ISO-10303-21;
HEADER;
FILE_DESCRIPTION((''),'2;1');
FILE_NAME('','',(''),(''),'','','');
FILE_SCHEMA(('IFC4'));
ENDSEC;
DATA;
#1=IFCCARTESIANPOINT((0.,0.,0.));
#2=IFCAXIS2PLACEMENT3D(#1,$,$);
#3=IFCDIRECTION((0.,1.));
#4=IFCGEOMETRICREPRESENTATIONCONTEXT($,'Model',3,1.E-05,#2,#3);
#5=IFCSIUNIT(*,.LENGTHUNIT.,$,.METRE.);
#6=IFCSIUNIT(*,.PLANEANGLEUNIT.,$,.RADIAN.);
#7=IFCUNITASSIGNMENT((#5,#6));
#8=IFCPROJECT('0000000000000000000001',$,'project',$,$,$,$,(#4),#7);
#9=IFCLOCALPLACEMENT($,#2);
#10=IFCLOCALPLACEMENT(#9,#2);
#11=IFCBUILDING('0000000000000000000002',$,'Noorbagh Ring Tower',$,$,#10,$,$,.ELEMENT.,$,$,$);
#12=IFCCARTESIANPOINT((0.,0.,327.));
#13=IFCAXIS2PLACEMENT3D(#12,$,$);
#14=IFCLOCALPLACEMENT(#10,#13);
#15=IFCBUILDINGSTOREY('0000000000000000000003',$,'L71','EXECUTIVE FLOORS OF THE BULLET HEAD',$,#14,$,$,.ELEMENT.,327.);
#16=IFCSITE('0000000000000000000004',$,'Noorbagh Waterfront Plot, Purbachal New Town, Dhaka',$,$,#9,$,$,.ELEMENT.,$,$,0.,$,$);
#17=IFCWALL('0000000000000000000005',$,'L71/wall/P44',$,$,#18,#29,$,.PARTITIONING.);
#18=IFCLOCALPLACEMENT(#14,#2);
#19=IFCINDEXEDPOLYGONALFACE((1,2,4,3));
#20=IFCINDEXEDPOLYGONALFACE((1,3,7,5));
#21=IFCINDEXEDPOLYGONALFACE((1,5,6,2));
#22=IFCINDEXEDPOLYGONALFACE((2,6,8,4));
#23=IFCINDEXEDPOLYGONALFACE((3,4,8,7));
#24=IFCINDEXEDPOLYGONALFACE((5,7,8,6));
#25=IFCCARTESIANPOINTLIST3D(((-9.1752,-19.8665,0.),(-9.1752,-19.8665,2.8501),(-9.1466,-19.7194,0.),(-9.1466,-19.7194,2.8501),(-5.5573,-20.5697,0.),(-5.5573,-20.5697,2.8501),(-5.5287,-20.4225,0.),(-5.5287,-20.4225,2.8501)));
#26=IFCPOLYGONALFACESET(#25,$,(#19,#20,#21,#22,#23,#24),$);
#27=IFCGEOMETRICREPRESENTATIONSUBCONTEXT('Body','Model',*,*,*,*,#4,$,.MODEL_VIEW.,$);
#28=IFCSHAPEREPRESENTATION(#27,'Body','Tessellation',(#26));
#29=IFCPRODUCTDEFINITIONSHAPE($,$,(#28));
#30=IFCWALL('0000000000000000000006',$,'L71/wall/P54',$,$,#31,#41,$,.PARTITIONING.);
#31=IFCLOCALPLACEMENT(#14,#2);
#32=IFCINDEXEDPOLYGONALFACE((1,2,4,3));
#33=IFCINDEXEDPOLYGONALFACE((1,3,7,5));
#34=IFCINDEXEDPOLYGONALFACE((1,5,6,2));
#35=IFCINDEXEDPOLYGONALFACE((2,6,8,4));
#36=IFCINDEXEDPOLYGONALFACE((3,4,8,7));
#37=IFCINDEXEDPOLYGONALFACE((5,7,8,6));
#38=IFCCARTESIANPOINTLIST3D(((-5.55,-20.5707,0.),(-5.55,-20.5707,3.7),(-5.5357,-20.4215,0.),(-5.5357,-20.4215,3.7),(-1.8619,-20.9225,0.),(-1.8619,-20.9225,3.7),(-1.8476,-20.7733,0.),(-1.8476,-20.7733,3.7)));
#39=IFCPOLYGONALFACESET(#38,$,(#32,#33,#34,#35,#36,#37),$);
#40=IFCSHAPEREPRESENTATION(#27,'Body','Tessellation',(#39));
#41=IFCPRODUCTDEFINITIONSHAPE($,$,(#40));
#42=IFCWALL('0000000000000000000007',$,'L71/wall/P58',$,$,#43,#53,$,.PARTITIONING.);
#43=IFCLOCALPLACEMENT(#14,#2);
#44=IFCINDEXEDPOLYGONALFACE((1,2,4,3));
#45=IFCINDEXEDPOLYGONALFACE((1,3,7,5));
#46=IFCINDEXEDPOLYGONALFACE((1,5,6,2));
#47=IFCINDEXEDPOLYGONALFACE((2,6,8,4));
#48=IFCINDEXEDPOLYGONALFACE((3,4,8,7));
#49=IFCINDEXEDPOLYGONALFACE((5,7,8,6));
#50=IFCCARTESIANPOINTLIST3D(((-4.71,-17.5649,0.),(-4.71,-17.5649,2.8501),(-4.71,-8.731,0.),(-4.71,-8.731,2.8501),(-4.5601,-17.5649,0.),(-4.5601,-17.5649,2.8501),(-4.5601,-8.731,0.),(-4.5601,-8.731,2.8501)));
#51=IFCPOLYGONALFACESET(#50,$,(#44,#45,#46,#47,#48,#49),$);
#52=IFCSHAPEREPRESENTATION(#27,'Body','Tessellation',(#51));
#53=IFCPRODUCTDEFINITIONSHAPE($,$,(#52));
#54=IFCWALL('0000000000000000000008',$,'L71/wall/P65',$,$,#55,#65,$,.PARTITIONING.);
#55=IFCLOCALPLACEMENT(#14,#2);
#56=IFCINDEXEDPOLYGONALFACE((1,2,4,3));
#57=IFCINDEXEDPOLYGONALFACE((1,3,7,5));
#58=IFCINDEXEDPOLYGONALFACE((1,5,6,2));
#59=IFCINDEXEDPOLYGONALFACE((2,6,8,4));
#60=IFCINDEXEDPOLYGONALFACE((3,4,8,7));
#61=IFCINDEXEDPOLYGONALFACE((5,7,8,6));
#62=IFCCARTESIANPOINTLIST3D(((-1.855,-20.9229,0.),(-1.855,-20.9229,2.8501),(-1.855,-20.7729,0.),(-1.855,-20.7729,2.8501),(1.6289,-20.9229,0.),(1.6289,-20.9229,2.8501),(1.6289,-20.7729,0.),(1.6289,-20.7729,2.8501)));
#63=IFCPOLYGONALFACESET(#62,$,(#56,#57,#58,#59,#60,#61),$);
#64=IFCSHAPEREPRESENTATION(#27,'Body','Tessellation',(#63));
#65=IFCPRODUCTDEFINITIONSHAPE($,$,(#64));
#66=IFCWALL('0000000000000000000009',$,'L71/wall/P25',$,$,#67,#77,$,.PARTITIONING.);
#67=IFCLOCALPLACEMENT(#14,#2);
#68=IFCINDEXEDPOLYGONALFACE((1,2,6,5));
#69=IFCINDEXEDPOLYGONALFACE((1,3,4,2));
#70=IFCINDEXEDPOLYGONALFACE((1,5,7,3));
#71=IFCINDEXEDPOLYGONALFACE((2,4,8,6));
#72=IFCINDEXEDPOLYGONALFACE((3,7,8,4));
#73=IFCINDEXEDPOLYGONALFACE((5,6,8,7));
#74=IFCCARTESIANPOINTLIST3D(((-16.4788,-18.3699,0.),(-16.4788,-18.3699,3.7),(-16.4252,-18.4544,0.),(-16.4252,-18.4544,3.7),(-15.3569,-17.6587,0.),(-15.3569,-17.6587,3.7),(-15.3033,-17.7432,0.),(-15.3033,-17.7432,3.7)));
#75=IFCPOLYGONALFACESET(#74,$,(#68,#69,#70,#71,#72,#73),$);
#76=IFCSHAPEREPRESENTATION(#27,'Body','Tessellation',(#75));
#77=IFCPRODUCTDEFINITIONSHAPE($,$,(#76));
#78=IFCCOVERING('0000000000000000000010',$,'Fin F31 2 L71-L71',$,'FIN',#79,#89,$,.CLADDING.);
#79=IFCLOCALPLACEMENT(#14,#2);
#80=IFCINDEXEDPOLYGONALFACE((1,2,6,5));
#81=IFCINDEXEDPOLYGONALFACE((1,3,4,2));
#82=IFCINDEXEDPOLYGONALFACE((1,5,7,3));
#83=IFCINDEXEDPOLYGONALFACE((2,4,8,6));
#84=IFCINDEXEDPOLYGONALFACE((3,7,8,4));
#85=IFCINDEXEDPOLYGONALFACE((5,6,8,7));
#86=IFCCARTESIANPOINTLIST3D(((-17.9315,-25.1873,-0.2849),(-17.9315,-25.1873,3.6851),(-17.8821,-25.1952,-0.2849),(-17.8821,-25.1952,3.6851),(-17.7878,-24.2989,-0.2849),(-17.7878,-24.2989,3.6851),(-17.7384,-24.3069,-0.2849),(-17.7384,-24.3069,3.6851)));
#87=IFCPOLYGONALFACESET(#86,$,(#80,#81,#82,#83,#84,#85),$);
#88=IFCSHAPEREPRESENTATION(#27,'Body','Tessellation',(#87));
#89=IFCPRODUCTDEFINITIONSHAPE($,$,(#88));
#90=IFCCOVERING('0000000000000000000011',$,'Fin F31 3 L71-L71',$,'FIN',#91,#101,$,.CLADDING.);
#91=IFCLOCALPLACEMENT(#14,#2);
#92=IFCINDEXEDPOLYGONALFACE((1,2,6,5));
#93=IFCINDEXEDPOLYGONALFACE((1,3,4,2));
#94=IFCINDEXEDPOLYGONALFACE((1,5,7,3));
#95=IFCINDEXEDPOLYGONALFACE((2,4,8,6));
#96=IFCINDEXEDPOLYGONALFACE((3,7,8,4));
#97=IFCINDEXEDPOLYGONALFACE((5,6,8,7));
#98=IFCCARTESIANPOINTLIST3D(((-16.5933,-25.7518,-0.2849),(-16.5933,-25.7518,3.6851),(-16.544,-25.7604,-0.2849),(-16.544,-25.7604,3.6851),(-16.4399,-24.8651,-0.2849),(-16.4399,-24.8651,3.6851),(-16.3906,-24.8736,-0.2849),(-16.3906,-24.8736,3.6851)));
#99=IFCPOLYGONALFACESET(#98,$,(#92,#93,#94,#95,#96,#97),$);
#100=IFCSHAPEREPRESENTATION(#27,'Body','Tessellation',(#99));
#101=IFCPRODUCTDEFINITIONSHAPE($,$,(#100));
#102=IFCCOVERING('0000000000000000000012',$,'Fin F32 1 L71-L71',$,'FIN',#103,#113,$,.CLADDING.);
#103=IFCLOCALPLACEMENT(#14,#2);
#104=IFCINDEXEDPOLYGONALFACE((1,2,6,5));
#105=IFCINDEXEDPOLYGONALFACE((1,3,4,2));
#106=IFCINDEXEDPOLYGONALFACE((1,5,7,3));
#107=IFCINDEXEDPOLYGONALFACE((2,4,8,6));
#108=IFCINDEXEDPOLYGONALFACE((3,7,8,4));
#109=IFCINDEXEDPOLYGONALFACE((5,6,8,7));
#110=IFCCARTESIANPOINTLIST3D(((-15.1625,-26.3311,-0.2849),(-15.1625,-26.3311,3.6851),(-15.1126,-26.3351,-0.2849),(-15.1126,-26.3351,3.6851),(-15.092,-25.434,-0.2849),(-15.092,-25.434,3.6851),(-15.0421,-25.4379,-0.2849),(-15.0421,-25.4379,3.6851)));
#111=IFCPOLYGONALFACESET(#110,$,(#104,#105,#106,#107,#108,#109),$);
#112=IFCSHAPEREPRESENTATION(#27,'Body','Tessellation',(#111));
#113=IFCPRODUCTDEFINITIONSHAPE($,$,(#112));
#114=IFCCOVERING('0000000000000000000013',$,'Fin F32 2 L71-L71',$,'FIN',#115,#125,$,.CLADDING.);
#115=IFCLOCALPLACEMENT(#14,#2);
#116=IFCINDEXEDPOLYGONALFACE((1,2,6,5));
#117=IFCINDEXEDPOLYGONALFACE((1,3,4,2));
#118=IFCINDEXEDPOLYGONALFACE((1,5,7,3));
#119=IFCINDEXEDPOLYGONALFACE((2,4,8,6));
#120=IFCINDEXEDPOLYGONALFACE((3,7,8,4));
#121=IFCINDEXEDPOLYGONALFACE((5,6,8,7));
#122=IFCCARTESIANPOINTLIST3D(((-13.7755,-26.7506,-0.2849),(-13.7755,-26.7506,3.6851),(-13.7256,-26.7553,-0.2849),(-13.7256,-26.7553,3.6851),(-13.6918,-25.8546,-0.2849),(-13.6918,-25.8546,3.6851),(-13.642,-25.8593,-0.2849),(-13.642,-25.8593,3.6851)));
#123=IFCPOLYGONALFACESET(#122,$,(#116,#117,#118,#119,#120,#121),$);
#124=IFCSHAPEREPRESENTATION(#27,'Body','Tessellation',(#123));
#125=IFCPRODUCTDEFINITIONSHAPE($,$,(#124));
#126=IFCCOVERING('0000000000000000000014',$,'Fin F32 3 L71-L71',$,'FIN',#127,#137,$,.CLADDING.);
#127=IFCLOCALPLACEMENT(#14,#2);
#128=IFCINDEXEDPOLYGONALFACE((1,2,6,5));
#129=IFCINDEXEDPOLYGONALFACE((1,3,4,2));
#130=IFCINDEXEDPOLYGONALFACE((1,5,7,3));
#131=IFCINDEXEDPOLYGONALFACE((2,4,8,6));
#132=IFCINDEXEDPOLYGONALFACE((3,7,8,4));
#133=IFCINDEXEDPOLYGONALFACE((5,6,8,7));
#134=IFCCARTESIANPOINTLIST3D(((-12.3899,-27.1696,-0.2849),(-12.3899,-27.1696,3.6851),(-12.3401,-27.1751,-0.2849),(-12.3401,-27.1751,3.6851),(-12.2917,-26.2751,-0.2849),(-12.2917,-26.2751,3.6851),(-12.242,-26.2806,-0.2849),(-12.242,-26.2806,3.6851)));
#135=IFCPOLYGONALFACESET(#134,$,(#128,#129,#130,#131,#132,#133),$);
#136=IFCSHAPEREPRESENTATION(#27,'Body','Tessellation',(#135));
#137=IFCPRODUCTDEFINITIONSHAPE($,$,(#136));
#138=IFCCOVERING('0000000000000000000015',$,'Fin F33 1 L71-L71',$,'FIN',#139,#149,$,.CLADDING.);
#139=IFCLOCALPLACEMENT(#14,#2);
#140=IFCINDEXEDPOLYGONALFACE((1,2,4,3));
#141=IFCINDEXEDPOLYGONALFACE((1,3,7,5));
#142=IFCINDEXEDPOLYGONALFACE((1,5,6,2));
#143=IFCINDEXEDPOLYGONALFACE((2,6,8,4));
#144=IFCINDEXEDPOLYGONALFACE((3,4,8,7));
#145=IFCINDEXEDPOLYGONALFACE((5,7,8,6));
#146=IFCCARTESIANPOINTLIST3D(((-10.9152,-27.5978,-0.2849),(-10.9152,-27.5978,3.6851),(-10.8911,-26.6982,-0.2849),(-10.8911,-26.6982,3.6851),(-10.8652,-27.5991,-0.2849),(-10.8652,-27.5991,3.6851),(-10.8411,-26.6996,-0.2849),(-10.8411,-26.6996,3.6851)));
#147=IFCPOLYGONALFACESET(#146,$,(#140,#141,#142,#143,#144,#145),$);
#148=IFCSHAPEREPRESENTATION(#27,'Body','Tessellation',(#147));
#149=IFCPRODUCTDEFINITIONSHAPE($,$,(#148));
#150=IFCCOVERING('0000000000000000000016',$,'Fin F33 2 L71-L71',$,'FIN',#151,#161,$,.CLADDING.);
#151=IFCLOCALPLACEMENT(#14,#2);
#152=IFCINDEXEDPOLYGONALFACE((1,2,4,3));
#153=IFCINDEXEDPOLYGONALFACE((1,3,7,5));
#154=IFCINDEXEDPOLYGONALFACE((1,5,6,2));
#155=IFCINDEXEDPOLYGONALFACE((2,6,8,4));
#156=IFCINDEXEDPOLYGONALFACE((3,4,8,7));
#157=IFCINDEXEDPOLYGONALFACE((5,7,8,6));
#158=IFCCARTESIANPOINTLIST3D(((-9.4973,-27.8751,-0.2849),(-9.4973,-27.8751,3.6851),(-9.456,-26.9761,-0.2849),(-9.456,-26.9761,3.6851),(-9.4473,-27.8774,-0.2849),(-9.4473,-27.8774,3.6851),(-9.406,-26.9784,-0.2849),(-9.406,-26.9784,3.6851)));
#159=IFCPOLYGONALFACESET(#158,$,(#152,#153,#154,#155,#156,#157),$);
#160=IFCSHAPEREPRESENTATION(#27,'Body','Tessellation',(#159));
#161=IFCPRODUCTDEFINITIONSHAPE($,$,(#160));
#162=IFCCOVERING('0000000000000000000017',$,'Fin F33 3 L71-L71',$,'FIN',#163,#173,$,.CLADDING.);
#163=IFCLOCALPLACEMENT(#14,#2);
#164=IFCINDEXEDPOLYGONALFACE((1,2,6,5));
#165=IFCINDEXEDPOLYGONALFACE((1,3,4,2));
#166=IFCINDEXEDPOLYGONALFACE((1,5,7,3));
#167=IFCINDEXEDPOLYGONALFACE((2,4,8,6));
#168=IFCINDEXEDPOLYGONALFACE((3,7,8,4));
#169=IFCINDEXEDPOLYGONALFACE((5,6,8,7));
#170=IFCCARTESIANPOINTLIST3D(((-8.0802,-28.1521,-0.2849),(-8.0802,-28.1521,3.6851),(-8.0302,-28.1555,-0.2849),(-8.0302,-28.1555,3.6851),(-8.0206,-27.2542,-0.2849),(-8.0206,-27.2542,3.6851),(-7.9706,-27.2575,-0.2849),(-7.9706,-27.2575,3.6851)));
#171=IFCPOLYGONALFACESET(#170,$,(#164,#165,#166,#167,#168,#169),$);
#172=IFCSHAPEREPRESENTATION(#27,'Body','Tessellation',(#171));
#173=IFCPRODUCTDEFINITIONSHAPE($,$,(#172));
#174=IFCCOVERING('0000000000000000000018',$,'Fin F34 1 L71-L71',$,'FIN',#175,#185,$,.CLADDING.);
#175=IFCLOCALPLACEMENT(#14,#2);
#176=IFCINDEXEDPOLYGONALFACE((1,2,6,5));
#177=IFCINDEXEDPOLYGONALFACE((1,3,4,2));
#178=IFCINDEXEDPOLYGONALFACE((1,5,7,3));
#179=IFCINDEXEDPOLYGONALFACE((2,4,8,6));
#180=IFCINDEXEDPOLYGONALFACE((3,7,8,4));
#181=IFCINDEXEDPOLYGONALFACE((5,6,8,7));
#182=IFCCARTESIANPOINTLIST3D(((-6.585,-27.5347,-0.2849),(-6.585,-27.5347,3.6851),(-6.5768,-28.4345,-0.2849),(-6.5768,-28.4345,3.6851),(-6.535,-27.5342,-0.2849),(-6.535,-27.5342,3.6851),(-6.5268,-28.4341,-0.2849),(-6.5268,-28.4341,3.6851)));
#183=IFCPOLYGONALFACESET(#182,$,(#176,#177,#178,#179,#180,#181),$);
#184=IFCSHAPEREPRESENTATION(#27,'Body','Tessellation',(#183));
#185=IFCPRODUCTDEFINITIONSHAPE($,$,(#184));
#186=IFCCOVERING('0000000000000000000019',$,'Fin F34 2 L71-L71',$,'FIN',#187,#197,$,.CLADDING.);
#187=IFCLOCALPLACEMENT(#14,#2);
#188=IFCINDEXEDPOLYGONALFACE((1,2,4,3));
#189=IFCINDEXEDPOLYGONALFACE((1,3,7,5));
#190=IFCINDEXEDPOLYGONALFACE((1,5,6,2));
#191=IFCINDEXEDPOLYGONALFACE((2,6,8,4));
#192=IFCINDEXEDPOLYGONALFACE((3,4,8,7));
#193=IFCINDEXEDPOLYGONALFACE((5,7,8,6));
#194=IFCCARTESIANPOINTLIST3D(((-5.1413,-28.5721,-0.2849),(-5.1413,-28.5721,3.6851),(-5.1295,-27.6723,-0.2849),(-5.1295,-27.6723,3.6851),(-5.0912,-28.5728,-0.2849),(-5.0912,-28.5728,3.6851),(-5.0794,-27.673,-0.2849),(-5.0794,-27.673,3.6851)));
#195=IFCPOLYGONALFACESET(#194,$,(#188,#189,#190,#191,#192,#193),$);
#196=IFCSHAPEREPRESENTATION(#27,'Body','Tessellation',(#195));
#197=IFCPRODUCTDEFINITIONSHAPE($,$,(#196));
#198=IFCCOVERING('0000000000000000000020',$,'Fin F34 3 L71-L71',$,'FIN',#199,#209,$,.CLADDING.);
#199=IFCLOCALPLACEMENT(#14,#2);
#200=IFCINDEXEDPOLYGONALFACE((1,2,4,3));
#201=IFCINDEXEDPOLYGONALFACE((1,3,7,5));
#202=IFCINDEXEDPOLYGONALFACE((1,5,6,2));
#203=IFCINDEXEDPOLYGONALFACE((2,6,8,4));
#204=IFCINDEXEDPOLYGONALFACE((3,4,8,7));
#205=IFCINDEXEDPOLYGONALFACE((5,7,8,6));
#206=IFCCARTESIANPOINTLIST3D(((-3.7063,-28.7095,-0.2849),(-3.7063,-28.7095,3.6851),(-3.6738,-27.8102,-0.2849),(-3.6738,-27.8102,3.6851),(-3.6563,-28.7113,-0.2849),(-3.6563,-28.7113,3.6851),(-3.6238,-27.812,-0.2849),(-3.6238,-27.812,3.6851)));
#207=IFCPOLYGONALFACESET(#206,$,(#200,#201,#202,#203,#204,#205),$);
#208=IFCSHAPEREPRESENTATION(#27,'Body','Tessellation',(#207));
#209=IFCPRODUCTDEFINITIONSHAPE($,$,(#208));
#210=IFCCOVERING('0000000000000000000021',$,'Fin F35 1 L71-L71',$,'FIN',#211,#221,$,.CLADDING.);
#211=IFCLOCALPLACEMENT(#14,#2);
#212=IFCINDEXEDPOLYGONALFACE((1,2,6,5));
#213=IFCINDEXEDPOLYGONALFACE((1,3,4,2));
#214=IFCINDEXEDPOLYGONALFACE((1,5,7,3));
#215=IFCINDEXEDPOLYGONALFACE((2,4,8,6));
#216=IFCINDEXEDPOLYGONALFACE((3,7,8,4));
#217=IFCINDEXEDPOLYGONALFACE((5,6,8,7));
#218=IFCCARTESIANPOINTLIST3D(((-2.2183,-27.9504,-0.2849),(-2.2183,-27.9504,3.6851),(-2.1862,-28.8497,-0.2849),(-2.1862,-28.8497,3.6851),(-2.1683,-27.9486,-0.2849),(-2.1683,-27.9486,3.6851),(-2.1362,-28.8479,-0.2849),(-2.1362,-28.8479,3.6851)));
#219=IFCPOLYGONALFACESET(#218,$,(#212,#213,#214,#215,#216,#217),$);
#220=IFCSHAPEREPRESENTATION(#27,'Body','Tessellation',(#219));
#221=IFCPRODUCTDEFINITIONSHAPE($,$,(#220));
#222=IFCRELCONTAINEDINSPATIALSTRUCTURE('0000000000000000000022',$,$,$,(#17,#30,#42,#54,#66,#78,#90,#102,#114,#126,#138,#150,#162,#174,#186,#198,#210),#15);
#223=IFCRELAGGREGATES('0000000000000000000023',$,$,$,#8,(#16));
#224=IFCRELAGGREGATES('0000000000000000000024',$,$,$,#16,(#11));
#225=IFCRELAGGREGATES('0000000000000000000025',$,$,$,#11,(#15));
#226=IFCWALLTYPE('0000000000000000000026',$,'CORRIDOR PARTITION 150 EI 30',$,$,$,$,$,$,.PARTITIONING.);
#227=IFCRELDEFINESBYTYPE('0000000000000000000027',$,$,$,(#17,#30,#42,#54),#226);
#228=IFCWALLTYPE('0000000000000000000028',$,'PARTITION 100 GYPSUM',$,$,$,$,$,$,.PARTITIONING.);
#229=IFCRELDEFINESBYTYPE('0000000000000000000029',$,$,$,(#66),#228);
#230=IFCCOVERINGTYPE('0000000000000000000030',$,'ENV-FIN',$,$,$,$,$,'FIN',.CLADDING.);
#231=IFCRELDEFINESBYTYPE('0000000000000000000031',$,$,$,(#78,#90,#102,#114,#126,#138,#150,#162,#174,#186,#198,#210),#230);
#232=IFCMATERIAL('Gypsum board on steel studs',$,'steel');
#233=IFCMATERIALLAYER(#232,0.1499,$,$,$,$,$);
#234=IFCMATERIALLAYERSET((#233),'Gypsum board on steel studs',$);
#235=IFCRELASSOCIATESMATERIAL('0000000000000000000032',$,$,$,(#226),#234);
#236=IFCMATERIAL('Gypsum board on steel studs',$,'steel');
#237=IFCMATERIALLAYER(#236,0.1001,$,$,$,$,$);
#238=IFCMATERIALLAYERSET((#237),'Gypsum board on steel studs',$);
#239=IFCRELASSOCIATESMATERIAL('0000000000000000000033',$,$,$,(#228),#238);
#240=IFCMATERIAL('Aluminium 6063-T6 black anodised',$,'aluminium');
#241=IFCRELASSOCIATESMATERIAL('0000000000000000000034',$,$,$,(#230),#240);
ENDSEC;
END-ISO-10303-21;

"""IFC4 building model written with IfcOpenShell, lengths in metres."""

from ifc_helpers import new_model, si_unit, direction, frame, frame_2d, origin, origin_2d, place, context, subcontext, project, spatial, rectangle, extrude, material, layer, layer_set, material_profile, profile_set, type_object, element, save


model = new_model("IFC4")

# Units and contexts
model_context = context("Model", 3, precision=1e-05, world=origin(), true_north=direction((0.0, 1.0)))
body_context = subcontext(model_context, "Body", "Model", "MODEL_VIEW")
ifc_project = project(units=[si_unit("LENGTHUNIT", "METRE"), si_unit("PLANEANGLEUNIT", "RADIAN")], contexts=[model_context])

# Site, building, storey
site_placement = place(None, origin())
site = spatial("IfcSite", under=ifc_project, at=site_placement, Name="Noorbagh Waterfront Plot, Purbachal New Town, Dhaka", CompositionType="ELEMENT", RefElevation=0.0)
building_placement = place(site_placement, origin())
building = spatial("IfcBuilding", under=site, at=building_placement, Name="Noorbagh Ring Tower", CompositionType="ELEMENT")
storey_placement = place(building_placement, frame((0.0, 0.0, 327.0)))
storey = spatial("IfcBuildingStorey", under=building, at=storey_placement, Name="L71", Description="EXECUTIVE FLOORS OF THE BULLET HEAD", CompositionType="ELEMENT", Elevation=327.0)

# Shared definitions
ifc_material_1 = material(Name="Gypsum board on steel studs", Category="steel")
ifc_layer_1 = layer(ifc_material_1, 0.1499)
ifc_layer_set_1 = layer_set([ifc_layer_1], Name="Gypsum board on steel studs")
wall_type_1 = type_object("IfcWallType", Name="CORRIDOR PARTITION 150 EI 30", PredefinedType="PARTITIONING", material=ifc_layer_set_1)

# Walls
wall_1_placement = place(storey_placement, frame((-9.1609, -19.793, 0.0), z_axis=(0.0, 0.0, 1.0), x_axis=(0.981634, -0.190776, 0.0)))
element("IfcWall", 1, at=wall_1_placement, inside=storey, type_object=wall_type_1, Name="L71/wall/P44", PredefinedType="PARTITIONING", context=body_context, shape_type="SweptSolid", body=[
    extrude(rectangle(XDim=3.6855, YDim=0.1499, at=frame_2d((1.8428, 0.0))), origin(), (0.0, 0.0, 1.0), 2.8501),
])
wall_2_placement = place(storey_placement, frame((-5.543, -20.4961, 0.0), z_axis=(0.0, 0.0, 1.0), x_axis=(0.995481, -0.094961, 0.0)))
element("IfcWall", 2, at=wall_2_placement, inside=storey, type_object=wall_type_1, Name="L71/wall/P54", PredefinedType="PARTITIONING", context=body_context, shape_type="SweptSolid", body=[
    extrude(rectangle(XDim=3.7048, YDim=0.1499, at=frame_2d((1.8525, 0.0))), origin(), (0.0, 0.0, 1.0), 3.7),
])
wall_3_placement = place(storey_placement, frame((-4.635, -17.5649, 0.0), z_axis=(0.0, 0.0, 1.0), x_axis=(0.0, 1.0, 0.0)))
element("IfcWall", 3, at=wall_3_placement, inside=storey, type_object=wall_type_1, Name="L71/wall/P58", PredefinedType="PARTITIONING", context=body_context, shape_type="SweptSolid", body=[
    extrude(rectangle(XDim=8.834, YDim=0.1499, at=frame_2d((4.417, 0.0))), origin(), (0.0, 0.0, 1.0), 2.8501),
])
wall_4_placement = place(storey_placement, frame((-1.855, -20.8479, 0.0), z_axis=(0.0, 0.0, 1.0), x_axis=(1.0, 0.0, 0.0)))
element("IfcWall", 4, at=wall_4_placement, inside=storey, type_object=wall_type_1, Name="L71/wall/P65", PredefinedType="PARTITIONING", context=body_context, shape_type="SweptSolid", body=[
    extrude(rectangle(XDim=3.4839, YDim=0.1499, at=frame_2d((1.7419, 0.0))), origin(), (0.0, 0.0, 1.0), 2.8501),
])
ifc_material_2 = material(Name="Gypsum board on steel studs", Category="steel")
ifc_layer_2 = layer(ifc_material_2, 0.1001)
ifc_layer_set_2 = layer_set([ifc_layer_2], Name="Gypsum board on steel studs")
wall_type_2 = type_object("IfcWallType", Name="PARTITION 100 GYPSUM", PredefinedType="PARTITIONING", material=ifc_layer_set_2)
wall_5_placement = place(storey_placement, frame((-16.4519, -18.4121, 0.0), z_axis=(0.0, 0.0, 1.0), x_axis=(0.844584, 0.535424, 0.0)))
element("IfcWall", 5, at=wall_5_placement, inside=storey, type_object=wall_type_2, Name="L71/wall/P25", PredefinedType="PARTITIONING", context=body_context, shape_type="SweptSolid", body=[
    extrude(rectangle(XDim=1.3284, YDim=0.1001, at=frame_2d((0.6641, 0.0))), origin(), (0.0, 0.0, 1.0), 3.7),
])

# Coverings
ifc_material_3 = material(Name="Aluminium 6063-T6 black anodised", Category="aluminium")
ifc_material_profile_1 = material_profile(ifc_material_3, rectangle(XDim=0.8999, YDim=0.05, at=origin_2d()), Name="900x50")
ifc_profile_set_1 = profile_set([ifc_material_profile_1], Name="Aluminium 6063-T6 black anodised")
covering_type = type_object("IfcCoveringType", Name="ENV-FIN", ElementType="FIN", PredefinedType="CLADDING", material=ifc_profile_set_1)
for number, where, z_axis, x_axis, name in (
    (6, (-17.835, -24.7471, -0.2849), (0.0, 0.0, 1.0), (-0.159693, -0.987167, 0.0), "Fin F31 2 L71-L71"),
    (7, (-16.4919, -25.3127, -0.2849), (0.0, 0.0, 1.0), (-0.170506, -0.985357, 0.0), "Fin F31 3 L71-L71"),
    (8, (-15.1023, -25.8845, -0.2849), (0.0, 0.0, 1.0), (-0.078357, -0.996925, 0.0), "Fin F32 1 L71-L71"),
    (9, (-13.7087, -26.3049, -0.2849), (0.0, 0.0, 1.0), (-0.092918, -0.995674, 0.0), "Fin F32 2 L71-L71"),
    (10, (-12.3159, -26.7251, -0.2849), (0.0, 0.0, 1.0), (-0.109101, -0.994031, 0.0), "Fin F32 3 L71-L71"),
    (11, (-10.8782, -27.1487, -0.2849), (0.0, 0.0, 1.0), (-0.026776, -0.999641, 0.0), "Fin F33 1 L71-L71"),
    (12, (-9.4517, -27.4268, -0.2849), (0.0, 0.0, 1.0), (-0.045915, -0.998945, 0.0), "Fin F33 2 L71-L71"),
    (13, (-8.0254, -27.7048, -0.2849), (0.0, 0.0, 1.0), (-0.066245, -0.997803, 0.0), "Fin F33 3 L71-L71"),
    (14, (-6.5559, -27.9844, -0.2849), (0.0, 0.0, 1.0), (0.009149, -0.999958, 0.0), "Fin F34 1 L71-L71"),
    (15, (-5.1104, -28.1226, -0.2849), (0.0, 0.0, 1.0), (-0.013118, -0.999914, 0.0), "Fin F34 2 L71-L71"),
    (16, (-3.665, -28.2607, -0.2849), (0.0, 0.0, 1.0), (-0.036058, -0.99935, 0.0), "Fin F34 3 L71-L71"),
    (17, (-2.1772, -28.3992, -0.2849), (0.0, 0.0, 1.0), (0.035641, -0.999365, 0.0), "Fin F35 1 L71-L71"),
):
    element("IfcCovering", number, at=place(storey_placement, frame(where, z_axis=z_axis, x_axis=x_axis)), inside=storey, type_object=covering_type, Name=name, ObjectType="FIN", PredefinedType="CLADDING", context=body_context, shape_type="SweptSolid", body=[
        extrude(rectangle(XDim=0.8999, YDim=0.05, at=origin_2d()), origin(), (0.0, 0.0, 1.0), 3.97),
    ])

save(model, "model.ifc")
